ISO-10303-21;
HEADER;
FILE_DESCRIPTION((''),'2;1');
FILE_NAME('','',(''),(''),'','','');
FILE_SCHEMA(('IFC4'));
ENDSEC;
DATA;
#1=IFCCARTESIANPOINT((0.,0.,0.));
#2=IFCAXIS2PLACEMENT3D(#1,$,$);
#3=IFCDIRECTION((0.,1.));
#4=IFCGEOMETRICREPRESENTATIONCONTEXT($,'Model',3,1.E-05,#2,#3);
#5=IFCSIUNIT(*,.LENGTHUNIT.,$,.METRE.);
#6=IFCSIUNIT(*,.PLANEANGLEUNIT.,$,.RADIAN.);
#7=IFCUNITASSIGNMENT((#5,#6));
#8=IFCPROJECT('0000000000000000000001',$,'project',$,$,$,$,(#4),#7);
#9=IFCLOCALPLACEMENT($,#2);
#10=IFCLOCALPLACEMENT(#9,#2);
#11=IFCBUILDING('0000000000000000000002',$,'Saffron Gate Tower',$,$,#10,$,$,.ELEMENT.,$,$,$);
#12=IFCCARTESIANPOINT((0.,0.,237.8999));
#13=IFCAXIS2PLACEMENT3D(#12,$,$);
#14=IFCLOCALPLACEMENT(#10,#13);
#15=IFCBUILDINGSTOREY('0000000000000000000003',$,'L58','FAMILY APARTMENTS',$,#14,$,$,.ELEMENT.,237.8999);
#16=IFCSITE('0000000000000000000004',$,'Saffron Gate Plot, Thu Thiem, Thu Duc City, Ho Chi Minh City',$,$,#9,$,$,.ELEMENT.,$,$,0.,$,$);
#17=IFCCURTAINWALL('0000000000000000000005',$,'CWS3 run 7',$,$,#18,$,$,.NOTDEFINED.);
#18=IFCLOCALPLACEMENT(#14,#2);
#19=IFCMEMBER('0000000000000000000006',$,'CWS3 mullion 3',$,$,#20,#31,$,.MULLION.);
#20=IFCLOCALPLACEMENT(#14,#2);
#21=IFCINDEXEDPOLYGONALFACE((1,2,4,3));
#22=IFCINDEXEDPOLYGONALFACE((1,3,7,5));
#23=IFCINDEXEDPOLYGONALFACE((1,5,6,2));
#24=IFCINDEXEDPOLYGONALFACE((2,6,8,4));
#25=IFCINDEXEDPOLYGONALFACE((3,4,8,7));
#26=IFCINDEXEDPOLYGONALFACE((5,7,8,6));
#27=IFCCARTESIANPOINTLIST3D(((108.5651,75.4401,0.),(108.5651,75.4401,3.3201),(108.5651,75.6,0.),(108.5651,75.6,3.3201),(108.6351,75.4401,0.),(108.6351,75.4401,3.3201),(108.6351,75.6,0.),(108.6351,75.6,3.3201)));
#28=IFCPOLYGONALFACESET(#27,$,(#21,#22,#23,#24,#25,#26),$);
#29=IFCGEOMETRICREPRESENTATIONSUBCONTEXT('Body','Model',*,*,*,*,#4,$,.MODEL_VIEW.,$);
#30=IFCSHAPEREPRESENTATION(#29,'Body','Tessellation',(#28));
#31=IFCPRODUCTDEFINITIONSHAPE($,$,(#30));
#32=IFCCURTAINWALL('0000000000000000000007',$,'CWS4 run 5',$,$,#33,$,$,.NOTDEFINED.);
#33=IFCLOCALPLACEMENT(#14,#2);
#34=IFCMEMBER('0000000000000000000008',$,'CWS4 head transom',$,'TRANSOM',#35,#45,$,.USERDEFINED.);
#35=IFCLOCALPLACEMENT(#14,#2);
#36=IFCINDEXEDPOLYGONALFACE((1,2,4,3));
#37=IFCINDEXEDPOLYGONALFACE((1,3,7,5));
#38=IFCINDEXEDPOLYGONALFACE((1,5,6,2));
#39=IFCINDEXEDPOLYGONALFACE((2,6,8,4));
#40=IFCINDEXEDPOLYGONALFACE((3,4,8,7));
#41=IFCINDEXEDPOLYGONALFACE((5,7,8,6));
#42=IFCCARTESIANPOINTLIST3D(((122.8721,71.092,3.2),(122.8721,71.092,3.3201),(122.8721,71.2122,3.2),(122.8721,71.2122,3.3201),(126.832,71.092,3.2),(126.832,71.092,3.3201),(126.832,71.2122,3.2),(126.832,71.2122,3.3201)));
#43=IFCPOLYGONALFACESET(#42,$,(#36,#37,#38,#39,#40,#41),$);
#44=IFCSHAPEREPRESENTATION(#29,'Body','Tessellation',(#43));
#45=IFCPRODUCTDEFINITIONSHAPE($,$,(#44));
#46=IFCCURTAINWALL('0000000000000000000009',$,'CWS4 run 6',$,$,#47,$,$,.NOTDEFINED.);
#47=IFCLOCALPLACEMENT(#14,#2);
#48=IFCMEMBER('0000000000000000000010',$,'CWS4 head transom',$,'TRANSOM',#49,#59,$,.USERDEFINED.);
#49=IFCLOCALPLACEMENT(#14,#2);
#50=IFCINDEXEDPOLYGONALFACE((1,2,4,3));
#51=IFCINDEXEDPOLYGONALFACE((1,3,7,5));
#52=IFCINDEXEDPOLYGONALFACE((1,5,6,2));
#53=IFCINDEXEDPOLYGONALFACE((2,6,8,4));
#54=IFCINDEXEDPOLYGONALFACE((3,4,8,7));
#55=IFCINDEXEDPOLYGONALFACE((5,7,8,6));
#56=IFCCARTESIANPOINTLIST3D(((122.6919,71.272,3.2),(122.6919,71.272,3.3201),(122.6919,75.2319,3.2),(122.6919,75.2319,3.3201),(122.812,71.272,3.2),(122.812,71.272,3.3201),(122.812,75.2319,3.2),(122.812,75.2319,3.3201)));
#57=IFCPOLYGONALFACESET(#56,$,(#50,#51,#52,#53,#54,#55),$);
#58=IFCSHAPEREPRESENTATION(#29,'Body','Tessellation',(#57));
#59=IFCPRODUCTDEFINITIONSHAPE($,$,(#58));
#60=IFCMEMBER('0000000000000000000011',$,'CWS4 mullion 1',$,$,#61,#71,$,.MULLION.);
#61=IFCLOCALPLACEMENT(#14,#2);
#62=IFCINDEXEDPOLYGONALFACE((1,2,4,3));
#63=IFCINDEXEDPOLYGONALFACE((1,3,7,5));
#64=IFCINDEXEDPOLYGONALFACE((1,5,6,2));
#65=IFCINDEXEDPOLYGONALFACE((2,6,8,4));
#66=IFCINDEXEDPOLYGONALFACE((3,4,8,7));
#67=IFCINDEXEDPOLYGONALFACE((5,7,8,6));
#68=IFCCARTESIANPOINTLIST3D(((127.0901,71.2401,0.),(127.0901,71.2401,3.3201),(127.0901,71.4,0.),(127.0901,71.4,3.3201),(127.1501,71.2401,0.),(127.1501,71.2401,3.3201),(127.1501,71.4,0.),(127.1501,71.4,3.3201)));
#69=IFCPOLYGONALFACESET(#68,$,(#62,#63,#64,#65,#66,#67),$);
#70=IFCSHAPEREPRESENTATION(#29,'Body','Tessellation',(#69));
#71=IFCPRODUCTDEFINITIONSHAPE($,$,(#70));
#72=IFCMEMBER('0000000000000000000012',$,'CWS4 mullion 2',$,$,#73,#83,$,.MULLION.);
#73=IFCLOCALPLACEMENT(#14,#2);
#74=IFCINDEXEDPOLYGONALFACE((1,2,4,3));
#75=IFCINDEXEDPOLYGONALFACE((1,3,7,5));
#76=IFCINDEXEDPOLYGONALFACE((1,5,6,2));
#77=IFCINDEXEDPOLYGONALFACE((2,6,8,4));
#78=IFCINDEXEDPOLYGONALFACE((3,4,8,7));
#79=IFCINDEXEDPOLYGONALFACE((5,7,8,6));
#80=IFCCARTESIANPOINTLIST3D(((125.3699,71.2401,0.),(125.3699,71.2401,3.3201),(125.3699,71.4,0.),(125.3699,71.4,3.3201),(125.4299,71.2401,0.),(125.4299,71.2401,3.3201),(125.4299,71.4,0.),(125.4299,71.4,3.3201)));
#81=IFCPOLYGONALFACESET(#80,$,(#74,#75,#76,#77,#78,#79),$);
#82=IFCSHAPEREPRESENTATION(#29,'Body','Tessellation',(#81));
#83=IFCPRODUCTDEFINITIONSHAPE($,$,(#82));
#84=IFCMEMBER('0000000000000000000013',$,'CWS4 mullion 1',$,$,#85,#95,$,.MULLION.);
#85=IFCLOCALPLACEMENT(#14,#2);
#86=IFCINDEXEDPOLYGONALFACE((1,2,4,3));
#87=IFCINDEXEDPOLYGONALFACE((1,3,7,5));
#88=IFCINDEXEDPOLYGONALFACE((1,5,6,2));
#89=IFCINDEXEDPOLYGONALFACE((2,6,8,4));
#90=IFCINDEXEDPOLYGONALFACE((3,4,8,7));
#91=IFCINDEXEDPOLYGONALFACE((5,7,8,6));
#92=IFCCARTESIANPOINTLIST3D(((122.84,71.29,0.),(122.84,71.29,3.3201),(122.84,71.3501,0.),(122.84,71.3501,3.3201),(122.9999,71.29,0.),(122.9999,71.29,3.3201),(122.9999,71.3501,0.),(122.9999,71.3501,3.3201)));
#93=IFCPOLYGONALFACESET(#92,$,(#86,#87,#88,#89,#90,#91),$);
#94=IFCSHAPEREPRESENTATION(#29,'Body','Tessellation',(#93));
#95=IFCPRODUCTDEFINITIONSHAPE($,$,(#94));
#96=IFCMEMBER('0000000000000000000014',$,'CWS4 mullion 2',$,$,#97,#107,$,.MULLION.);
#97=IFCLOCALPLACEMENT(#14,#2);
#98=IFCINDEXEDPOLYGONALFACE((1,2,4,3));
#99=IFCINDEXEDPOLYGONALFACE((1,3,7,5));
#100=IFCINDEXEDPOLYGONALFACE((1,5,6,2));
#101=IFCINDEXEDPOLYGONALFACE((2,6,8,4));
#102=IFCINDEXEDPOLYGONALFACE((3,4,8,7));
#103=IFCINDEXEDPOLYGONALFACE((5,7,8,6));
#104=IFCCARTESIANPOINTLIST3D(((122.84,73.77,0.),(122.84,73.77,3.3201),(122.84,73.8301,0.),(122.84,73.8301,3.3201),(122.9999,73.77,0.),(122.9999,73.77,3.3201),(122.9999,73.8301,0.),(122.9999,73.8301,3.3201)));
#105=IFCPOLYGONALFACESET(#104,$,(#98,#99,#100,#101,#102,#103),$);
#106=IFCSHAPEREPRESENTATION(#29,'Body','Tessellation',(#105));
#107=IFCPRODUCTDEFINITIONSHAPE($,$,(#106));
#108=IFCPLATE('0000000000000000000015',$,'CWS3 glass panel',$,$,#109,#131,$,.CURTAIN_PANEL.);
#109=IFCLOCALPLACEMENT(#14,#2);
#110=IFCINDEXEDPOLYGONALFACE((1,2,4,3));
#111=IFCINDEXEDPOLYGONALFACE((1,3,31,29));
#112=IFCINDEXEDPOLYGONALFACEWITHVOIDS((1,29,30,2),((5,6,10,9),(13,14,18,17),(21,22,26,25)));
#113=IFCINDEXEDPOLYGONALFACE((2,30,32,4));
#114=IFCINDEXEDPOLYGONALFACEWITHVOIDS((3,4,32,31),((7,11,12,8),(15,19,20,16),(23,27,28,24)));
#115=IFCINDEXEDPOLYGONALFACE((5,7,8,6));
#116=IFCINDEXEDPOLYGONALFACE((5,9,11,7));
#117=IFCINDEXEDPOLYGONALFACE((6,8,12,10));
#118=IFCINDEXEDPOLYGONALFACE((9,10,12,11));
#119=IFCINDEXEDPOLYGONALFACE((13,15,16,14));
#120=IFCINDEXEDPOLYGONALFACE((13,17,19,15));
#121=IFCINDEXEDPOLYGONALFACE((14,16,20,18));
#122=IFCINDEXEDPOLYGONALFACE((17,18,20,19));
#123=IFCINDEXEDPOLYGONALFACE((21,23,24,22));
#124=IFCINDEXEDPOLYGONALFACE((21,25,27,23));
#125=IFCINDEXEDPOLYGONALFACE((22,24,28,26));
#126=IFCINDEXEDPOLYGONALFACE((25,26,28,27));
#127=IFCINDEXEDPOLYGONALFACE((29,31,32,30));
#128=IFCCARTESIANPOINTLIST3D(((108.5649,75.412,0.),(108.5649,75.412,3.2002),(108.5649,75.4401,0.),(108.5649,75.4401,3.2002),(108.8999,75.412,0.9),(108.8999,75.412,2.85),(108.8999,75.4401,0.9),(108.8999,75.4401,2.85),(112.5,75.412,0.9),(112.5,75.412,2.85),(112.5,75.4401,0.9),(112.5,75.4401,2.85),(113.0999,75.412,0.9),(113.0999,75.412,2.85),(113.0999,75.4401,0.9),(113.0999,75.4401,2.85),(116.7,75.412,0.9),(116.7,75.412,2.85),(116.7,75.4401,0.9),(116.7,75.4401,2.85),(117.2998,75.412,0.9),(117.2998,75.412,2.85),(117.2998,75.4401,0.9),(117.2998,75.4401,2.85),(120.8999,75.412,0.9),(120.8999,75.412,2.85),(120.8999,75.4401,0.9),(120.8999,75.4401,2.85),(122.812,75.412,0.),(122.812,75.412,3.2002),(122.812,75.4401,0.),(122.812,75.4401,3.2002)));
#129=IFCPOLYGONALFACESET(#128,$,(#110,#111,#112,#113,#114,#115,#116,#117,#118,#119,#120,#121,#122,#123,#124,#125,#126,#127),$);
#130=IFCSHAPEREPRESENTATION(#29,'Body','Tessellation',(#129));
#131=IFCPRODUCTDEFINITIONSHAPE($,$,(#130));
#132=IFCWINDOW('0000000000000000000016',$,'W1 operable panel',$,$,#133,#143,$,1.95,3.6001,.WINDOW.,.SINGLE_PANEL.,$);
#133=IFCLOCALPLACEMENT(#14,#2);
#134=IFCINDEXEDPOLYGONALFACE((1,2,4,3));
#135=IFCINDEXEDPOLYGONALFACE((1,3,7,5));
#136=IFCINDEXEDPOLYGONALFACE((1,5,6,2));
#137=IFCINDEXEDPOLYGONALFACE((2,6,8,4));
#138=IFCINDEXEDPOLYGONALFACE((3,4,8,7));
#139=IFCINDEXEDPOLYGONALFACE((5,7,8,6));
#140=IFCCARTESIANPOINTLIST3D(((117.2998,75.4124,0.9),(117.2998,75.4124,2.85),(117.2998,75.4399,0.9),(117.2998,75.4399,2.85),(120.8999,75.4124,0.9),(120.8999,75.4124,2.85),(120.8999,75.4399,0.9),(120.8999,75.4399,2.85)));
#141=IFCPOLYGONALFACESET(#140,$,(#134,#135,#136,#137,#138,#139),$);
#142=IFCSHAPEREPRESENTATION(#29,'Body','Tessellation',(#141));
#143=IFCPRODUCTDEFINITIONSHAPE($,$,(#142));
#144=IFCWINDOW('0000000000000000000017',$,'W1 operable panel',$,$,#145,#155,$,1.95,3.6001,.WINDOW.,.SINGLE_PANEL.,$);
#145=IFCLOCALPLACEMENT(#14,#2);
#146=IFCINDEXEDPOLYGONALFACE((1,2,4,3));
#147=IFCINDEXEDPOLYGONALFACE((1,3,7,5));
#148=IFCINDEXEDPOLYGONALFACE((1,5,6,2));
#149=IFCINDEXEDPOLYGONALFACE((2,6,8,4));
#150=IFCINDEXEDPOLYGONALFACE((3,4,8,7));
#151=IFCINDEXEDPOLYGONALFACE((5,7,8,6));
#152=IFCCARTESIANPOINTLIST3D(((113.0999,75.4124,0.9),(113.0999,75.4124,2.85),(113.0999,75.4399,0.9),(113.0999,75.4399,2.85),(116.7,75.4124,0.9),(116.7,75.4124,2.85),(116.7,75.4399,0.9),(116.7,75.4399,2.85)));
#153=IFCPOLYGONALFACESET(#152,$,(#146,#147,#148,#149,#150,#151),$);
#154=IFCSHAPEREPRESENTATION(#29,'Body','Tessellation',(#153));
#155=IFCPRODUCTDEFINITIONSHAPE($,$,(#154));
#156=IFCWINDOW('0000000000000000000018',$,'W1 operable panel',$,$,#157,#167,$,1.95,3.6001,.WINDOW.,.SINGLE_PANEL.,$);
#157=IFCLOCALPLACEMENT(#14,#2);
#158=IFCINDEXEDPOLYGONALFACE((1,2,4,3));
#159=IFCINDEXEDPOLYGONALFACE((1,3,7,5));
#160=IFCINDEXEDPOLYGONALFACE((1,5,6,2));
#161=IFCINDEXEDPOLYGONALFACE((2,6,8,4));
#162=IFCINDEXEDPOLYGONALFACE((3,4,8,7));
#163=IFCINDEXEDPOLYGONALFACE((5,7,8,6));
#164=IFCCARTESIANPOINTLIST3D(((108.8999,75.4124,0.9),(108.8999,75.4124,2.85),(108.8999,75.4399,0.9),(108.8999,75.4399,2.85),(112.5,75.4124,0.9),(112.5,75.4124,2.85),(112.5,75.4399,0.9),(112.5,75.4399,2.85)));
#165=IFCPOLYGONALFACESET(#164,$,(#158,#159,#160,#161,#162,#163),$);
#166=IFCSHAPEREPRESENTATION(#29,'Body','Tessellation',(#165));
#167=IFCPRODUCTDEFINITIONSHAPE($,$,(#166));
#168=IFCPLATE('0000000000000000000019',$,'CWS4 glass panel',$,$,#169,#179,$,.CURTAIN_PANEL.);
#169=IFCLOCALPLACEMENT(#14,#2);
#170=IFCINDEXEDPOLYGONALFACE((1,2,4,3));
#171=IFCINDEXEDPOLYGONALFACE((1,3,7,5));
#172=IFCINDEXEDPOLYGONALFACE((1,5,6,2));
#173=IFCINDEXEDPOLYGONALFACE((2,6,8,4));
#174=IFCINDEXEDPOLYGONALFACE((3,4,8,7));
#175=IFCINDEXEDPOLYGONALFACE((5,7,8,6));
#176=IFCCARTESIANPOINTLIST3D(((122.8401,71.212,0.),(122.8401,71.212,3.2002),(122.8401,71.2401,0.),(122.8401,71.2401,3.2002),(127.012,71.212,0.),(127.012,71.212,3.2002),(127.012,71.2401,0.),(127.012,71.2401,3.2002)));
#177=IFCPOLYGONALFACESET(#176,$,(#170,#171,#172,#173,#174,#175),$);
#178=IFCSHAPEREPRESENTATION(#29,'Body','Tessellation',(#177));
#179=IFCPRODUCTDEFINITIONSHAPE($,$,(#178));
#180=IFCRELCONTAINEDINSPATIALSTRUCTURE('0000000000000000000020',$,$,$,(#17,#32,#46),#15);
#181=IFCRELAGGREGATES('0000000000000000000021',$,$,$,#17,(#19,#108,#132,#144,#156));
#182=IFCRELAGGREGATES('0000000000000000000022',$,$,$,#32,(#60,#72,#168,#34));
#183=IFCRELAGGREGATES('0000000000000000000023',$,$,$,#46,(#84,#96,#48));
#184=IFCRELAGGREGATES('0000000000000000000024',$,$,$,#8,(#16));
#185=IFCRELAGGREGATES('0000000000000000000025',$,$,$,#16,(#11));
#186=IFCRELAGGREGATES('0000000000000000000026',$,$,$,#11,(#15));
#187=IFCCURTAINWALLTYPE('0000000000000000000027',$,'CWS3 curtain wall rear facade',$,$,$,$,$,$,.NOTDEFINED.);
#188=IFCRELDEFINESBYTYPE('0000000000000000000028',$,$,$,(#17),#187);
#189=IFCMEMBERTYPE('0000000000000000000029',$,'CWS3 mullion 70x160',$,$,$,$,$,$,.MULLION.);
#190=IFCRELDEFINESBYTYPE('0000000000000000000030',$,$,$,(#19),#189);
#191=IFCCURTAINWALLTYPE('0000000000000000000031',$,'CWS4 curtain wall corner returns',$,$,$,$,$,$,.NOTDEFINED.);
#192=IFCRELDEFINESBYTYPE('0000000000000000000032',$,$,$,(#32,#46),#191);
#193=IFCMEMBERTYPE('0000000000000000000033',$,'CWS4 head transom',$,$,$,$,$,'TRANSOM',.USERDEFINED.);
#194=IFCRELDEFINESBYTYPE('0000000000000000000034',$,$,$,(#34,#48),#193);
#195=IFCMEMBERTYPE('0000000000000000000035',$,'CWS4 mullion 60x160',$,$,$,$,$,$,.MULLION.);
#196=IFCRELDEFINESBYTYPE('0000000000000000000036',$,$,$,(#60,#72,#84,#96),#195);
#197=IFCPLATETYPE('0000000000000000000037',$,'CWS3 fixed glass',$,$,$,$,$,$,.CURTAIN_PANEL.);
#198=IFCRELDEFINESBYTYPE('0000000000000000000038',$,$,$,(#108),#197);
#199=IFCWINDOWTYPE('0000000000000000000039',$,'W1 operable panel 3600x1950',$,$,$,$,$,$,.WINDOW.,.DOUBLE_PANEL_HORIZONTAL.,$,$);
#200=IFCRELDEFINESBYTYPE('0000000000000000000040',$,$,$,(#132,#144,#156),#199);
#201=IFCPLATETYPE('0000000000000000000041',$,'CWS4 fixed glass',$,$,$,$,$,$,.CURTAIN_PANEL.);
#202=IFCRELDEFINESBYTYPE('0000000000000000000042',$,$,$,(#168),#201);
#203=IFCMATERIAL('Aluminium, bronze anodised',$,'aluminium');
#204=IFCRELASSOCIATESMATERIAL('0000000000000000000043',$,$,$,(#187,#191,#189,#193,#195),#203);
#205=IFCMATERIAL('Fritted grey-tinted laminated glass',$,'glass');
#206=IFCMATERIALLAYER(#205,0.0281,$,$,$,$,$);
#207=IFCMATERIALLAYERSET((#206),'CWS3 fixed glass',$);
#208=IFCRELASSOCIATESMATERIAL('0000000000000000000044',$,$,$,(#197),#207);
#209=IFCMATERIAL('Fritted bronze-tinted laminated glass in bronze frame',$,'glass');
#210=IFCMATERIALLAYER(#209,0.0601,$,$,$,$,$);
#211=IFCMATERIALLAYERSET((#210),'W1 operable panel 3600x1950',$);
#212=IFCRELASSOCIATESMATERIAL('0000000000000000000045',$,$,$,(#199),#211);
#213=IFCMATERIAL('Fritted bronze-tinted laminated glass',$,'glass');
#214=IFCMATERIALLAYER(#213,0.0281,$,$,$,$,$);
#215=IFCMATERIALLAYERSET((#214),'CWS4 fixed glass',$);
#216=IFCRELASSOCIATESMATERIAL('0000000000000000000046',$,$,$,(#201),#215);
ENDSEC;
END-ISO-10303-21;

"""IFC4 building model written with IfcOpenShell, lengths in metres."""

from ifc_helpers import new_model, si_unit, direction, frame, frame_2d, origin, origin_2d, place, context, subcontext, project, spatial, rectangle, extrude, material, layer, layer_set, material_profile, profile_set, type_object, element, fill, aggregate, save


model = new_model("IFC4")

# Units and contexts
model_context = context("Model", 3, precision=1e-05, world=origin(), true_north=direction((0.0, 1.0)))
body_context = subcontext(model_context, "Body", "Model", "MODEL_VIEW")
ifc_project = project(units=[si_unit("LENGTHUNIT", "METRE"), si_unit("PLANEANGLEUNIT", "RADIAN")], contexts=[model_context])

# Site, building, storey
site_placement = place(None, origin())
site = spatial("IfcSite", under=ifc_project, at=site_placement, Name="Saffron Gate Plot, Thu Thiem, Thu Duc City, Ho Chi Minh City", CompositionType="ELEMENT", RefElevation=0.0)
building_placement = place(site_placement, origin())
building = spatial("IfcBuilding", under=site, at=building_placement, Name="Saffron Gate Tower", CompositionType="ELEMENT")
storey_placement = place(building_placement, frame((0.0, 0.0, 237.8999)))
storey = spatial("IfcBuildingStorey", under=building, at=storey_placement, Name="L58", Description="FAMILY APARTMENTS", CompositionType="ELEMENT", Elevation=237.8999)

# Shared definitions
ifc_material_1 = material(Name="Aluminium, bronze anodised", Category="aluminium")

# Curtain wall, member
curtain_wall_type_1 = type_object("IfcCurtainWallType", Name="CWS3 curtain wall rear facade", PredefinedType="NOTDEFINED", material=ifc_material_1)
curtain_wall_1_placement = place(storey_placement, origin())
curtain_wall_1 = element("IfcCurtainWall", 1, at=curtain_wall_1_placement, inside=storey, type_object=curtain_wall_type_1, Name="CWS3 run 7", PredefinedType="NOTDEFINED")
ifc_material_profile_1 = material_profile(ifc_material_1, rectangle(XDim=0.1599, YDim=0.0701, at=origin_2d()))
ifc_profile_set_1 = profile_set([ifc_material_profile_1], Name="Aluminium, bronze anodised")
member_type_1 = type_object("IfcMemberType", Name="CWS3 mullion 70x160", PredefinedType="MULLION", material=ifc_profile_set_1)
member_1_placement = place(storey_placement, frame((108.6001, 75.52, 0.0), z_axis=(0.0, 0.0, 1.0), x_axis=(0.0, -1.0, 0.0)))
member_1 = element("IfcMember", 2, at=member_1_placement, type_object=member_type_1, Name="CWS3 mullion 3", PredefinedType="MULLION", context=body_context, shape_type="SweptSolid", body=[
    extrude(rectangle(XDim=0.1599, YDim=0.0701, at=origin_2d()), origin(), (0.0, 0.0, 1.0), 3.3201),
])

# Curtain walls, members
curtain_wall_type_2 = type_object("IfcCurtainWallType", Name="CWS4 curtain wall corner returns", PredefinedType="NOTDEFINED", material=ifc_material_1)
curtain_wall_2_placement = place(storey_placement, origin())
curtain_wall_2 = element("IfcCurtainWall", 3, at=curtain_wall_2_placement, inside=storey, type_object=curtain_wall_type_2, Name="CWS4 run 5", PredefinedType="NOTDEFINED")
ifc_material_profile_2 = material_profile(ifc_material_1, rectangle(XDim=0.1201, YDim=0.1201, at=origin_2d()))
ifc_profile_set_2 = profile_set([ifc_material_profile_2], Name="Aluminium, bronze anodised")
member_type_2 = type_object("IfcMemberType", Name="CWS4 head transom", ElementType="TRANSOM", PredefinedType="USERDEFINED", material=ifc_profile_set_2)
member_2_placement = place(storey_placement, frame((126.832, 71.1521, 3.26), z_axis=(-1.0, 0.0, 0.0), x_axis=(0.0, -1.0, 0.0)))
member_2 = element("IfcMember", 4, at=member_2_placement, type_object=member_type_2, Name="CWS4 head transom", ObjectType="TRANSOM", PredefinedType="USERDEFINED", context=body_context, shape_type="SweptSolid", body=[
    extrude(rectangle(XDim=0.1201, YDim=0.1201, at=origin_2d()), origin(), (0.0, 0.0, 1.0), 3.96),
])
curtain_wall_3_placement = place(storey_placement, origin())
curtain_wall_3 = element("IfcCurtainWall", 5, at=curtain_wall_3_placement, inside=storey, type_object=curtain_wall_type_2, Name="CWS4 run 6", PredefinedType="NOTDEFINED")
member_3_placement = place(storey_placement, frame((122.752, 71.272, 3.26), z_axis=(0.0, 1.0, 0.0), x_axis=(-1.0, 0.0, 0.0)))
member_3 = element("IfcMember", 6, at=member_3_placement, type_object=member_type_2, Name="CWS4 head transom", ObjectType="TRANSOM", PredefinedType="USERDEFINED", context=body_context, shape_type="SweptSolid", body=[
    extrude(rectangle(XDim=0.1201, YDim=0.1201, at=origin_2d()), origin(), (0.0, 0.0, 1.0), 3.96),
])

# Members
ifc_material_profile_3 = material_profile(ifc_material_1, rectangle(XDim=0.1599, YDim=0.0601, at=origin_2d()))
ifc_profile_set_3 = profile_set([ifc_material_profile_3], Name="Aluminium, bronze anodised")
member_type_3 = type_object("IfcMemberType", Name="CWS4 mullion 60x160", PredefinedType="MULLION", material=ifc_profile_set_3)
member_4_placement = place(storey_placement, frame((127.1201, 71.3201, 0.0), z_axis=(0.0, 0.0, 1.0), x_axis=(0.0, -1.0, 0.0)))
member_4 = element("IfcMember", 7, at=member_4_placement, type_object=member_type_3, Name="CWS4 mullion 1", PredefinedType="MULLION", context=body_context, shape_type="SweptSolid", body=[
    extrude(rectangle(XDim=0.1599, YDim=0.0601, at=origin_2d()), origin(), (0.0, 0.0, 1.0), 3.3201),
])
member_5_placement = place(storey_placement, frame((125.3999, 71.3201, 0.0), z_axis=(0.0, 0.0, 1.0), x_axis=(0.0, -1.0, 0.0)))
member_5 = element("IfcMember", 8, at=member_5_placement, type_object=member_type_3, Name="CWS4 mullion 2", PredefinedType="MULLION", context=body_context, shape_type="SweptSolid", body=[
    extrude(rectangle(XDim=0.1599, YDim=0.0601, at=origin_2d()), origin(), (0.0, 0.0, 1.0), 3.3201),
])
member_6_placement = place(storey_placement, frame((122.9199, 71.3201, 0.0), z_axis=(0.0, 0.0, 1.0), x_axis=(-1.0, 0.0, 0.0)))
member_6 = element("IfcMember", 9, at=member_6_placement, type_object=member_type_3, Name="CWS4 mullion 1", PredefinedType="MULLION", context=body_context, shape_type="SweptSolid", body=[
    extrude(rectangle(XDim=0.1599, YDim=0.0601, at=origin_2d()), origin(), (0.0, 0.0, 1.0), 3.3201),
])
member_7_placement = place(storey_placement, frame((122.9199, 73.8, 0.0), z_axis=(0.0, 0.0, 1.0), x_axis=(-1.0, 0.0, 0.0)))
member_7 = element("IfcMember", 10, at=member_7_placement, type_object=member_type_3, Name="CWS4 mullion 2", PredefinedType="MULLION", context=body_context, shape_type="SweptSolid", body=[
    extrude(rectangle(XDim=0.1599, YDim=0.0601, at=origin_2d()), origin(), (0.0, 0.0, 1.0), 3.3201),
])

# Plate, openings, windows
ifc_material_2 = material(Name="Fritted grey-tinted laminated glass", Category="glass")
ifc_layer_1 = layer(ifc_material_2, 0.0281)
ifc_layer_set_1 = layer_set([ifc_layer_1], Name="CWS3 fixed glass")
plate_type_1 = type_object("IfcPlateType", Name="CWS3 fixed glass", PredefinedType="CURTAIN_PANEL", material=ifc_layer_set_1)
plate_1_placement = place(storey_placement, frame((122.812, 75.426, 0.0), z_axis=(0.0, 0.0, 1.0), x_axis=(-1.0, 0.0, 0.0)))
plate_1 = element("IfcPlate", 11, at=plate_1_placement, type_object=plate_type_1, Name="CWS3 glass panel", PredefinedType="CURTAIN_PANEL", context=body_context, shape_type="SweptSolid", body=[
    extrude(rectangle(XDim=14.2471, YDim=0.0281, at=frame_2d((7.1235, 0.0))), origin(), (0.0, 0.0, 1.0), 3.2002),
])
opening_1_placement = place(plate_1_placement, frame((1.9121, 0.0, 0.8999)))
opening_1 = element("IfcOpeningElement", 12, at=opening_1_placement, cuts=plate_1, PredefinedType="OPENING", context=body_context, shape_type="SweptSolid", body=[
    extrude(rectangle(XDim=3.6001, YDim=1.95, at=frame_2d((1.8, 0.9751))), frame((0.0, 0.0239, 0.0), z_axis=(0.0, -1.0, 0.0), x_axis=(1.0, 0.0, 0.0)), (0.0, 0.0, 1.0), 0.0481),
])
opening_2_placement = place(plate_1_placement, frame((6.1121, 0.0, 0.8999)))
opening_2 = element("IfcOpeningElement", 13, at=opening_2_placement, cuts=plate_1, PredefinedType="OPENING", context=body_context, shape_type="SweptSolid", body=[
    extrude(rectangle(XDim=3.6001, YDim=1.95, at=frame_2d((1.8, 0.9751))), frame((0.0, 0.0239, 0.0), z_axis=(0.0, -1.0, 0.0), x_axis=(1.0, 0.0, 0.0)), (0.0, 0.0, 1.0), 0.0481),
])
opening_3_placement = place(plate_1_placement, frame((10.312, 0.0, 0.8999)))
opening_3 = element("IfcOpeningElement", 14, at=opening_3_placement, cuts=plate_1, PredefinedType="OPENING", context=body_context, shape_type="SweptSolid", body=[
    extrude(rectangle(XDim=3.6001, YDim=1.95, at=frame_2d((1.8, 0.9751))), frame((0.0, 0.0239, 0.0), z_axis=(0.0, -1.0, 0.0), x_axis=(1.0, 0.0, 0.0)), (0.0, 0.0, 1.0), 0.0481),
])
ifc_material_3 = material(Name="Fritted bronze-tinted laminated glass in bronze frame", Category="glass")
ifc_layer_2 = layer(ifc_material_3, 0.0601)
ifc_layer_set_2 = layer_set([ifc_layer_2], Name="W1 operable panel 3600x1950")
window_type = type_object("IfcWindowType", Name="W1 operable panel 3600x1950", PartitioningType="DOUBLE_PANEL_HORIZONTAL", PredefinedType="WINDOW", material=ifc_layer_set_2)
window_1_placement = place(opening_1_placement, origin())
window_1 = element("IfcWindow", 15, at=window_1_placement, type_object=window_type, Name="W1 operable panel", OverallHeight=1.95, OverallWidth=3.6001, PartitioningType="SINGLE_PANEL", PredefinedType="WINDOW", context=body_context, shape_type="SweptSolid", body=[
    extrude(rectangle(XDim=3.6001, YDim=1.95, at=frame_2d((1.8, 0.9751))), frame((0.0, 0.0137, 0.0), z_axis=(0.0, -1.0, 0.0), x_axis=(1.0, 0.0, 0.0)), (0.0, 0.0, 1.0), 0.0276),
])
fill(opening_1, window_1)
window_2_placement = place(opening_2_placement, origin())
window_2 = element("IfcWindow", 16, at=window_2_placement, type_object=window_type, Name="W1 operable panel", OverallHeight=1.95, OverallWidth=3.6001, PartitioningType="SINGLE_PANEL", PredefinedType="WINDOW", context=body_context, shape_type="SweptSolid", body=[
    extrude(rectangle(XDim=3.6001, YDim=1.95, at=frame_2d((1.8, 0.9751))), frame((0.0, 0.0137, 0.0), z_axis=(0.0, -1.0, 0.0), x_axis=(1.0, 0.0, 0.0)), (0.0, 0.0, 1.0), 0.0276),
])
fill(opening_2, window_2)
window_3_placement = place(opening_3_placement, origin())
window_3 = element("IfcWindow", 17, at=window_3_placement, type_object=window_type, Name="W1 operable panel", OverallHeight=1.95, OverallWidth=3.6001, PartitioningType="SINGLE_PANEL", PredefinedType="WINDOW", context=body_context, shape_type="SweptSolid", body=[
    extrude(rectangle(XDim=3.6001, YDim=1.95, at=frame_2d((1.8, 0.9751))), frame((0.0, 0.0137, 0.0), z_axis=(0.0, -1.0, 0.0), x_axis=(1.0, 0.0, 0.0)), (0.0, 0.0, 1.0), 0.0276),
])
fill(opening_3, window_3)
aggregate(curtain_wall_1, [member_1, plate_1, window_1, window_2, window_3])

# Plate
ifc_material_4 = material(Name="Fritted bronze-tinted laminated glass", Category="glass")
ifc_layer_3 = layer(ifc_material_4, 0.0281)
ifc_layer_set_3 = layer_set([ifc_layer_3], Name="CWS4 fixed glass")
plate_type_2 = type_object("IfcPlateType", Name="CWS4 fixed glass", PredefinedType="CURTAIN_PANEL", material=ifc_layer_set_3)
plate_2_placement = place(storey_placement, frame((127.012, 71.2261, 0.0), z_axis=(0.0, 0.0, 1.0), x_axis=(-1.0, 0.0, 0.0)))
plate_2 = element("IfcPlate", 18, at=plate_2_placement, type_object=plate_type_2, Name="CWS4 glass panel", PredefinedType="CURTAIN_PANEL", context=body_context, shape_type="SweptSolid", body=[
    extrude(rectangle(XDim=4.1719, YDim=0.0281, at=frame_2d((2.0859, 0.0))), origin(), (0.0, 0.0, 1.0), 3.2002),
])
aggregate(curtain_wall_2, [member_4, member_5, plate_2, member_2])
aggregate(curtain_wall_3, [member_6, member_7, member_3])

save(model, "model.ifc")
